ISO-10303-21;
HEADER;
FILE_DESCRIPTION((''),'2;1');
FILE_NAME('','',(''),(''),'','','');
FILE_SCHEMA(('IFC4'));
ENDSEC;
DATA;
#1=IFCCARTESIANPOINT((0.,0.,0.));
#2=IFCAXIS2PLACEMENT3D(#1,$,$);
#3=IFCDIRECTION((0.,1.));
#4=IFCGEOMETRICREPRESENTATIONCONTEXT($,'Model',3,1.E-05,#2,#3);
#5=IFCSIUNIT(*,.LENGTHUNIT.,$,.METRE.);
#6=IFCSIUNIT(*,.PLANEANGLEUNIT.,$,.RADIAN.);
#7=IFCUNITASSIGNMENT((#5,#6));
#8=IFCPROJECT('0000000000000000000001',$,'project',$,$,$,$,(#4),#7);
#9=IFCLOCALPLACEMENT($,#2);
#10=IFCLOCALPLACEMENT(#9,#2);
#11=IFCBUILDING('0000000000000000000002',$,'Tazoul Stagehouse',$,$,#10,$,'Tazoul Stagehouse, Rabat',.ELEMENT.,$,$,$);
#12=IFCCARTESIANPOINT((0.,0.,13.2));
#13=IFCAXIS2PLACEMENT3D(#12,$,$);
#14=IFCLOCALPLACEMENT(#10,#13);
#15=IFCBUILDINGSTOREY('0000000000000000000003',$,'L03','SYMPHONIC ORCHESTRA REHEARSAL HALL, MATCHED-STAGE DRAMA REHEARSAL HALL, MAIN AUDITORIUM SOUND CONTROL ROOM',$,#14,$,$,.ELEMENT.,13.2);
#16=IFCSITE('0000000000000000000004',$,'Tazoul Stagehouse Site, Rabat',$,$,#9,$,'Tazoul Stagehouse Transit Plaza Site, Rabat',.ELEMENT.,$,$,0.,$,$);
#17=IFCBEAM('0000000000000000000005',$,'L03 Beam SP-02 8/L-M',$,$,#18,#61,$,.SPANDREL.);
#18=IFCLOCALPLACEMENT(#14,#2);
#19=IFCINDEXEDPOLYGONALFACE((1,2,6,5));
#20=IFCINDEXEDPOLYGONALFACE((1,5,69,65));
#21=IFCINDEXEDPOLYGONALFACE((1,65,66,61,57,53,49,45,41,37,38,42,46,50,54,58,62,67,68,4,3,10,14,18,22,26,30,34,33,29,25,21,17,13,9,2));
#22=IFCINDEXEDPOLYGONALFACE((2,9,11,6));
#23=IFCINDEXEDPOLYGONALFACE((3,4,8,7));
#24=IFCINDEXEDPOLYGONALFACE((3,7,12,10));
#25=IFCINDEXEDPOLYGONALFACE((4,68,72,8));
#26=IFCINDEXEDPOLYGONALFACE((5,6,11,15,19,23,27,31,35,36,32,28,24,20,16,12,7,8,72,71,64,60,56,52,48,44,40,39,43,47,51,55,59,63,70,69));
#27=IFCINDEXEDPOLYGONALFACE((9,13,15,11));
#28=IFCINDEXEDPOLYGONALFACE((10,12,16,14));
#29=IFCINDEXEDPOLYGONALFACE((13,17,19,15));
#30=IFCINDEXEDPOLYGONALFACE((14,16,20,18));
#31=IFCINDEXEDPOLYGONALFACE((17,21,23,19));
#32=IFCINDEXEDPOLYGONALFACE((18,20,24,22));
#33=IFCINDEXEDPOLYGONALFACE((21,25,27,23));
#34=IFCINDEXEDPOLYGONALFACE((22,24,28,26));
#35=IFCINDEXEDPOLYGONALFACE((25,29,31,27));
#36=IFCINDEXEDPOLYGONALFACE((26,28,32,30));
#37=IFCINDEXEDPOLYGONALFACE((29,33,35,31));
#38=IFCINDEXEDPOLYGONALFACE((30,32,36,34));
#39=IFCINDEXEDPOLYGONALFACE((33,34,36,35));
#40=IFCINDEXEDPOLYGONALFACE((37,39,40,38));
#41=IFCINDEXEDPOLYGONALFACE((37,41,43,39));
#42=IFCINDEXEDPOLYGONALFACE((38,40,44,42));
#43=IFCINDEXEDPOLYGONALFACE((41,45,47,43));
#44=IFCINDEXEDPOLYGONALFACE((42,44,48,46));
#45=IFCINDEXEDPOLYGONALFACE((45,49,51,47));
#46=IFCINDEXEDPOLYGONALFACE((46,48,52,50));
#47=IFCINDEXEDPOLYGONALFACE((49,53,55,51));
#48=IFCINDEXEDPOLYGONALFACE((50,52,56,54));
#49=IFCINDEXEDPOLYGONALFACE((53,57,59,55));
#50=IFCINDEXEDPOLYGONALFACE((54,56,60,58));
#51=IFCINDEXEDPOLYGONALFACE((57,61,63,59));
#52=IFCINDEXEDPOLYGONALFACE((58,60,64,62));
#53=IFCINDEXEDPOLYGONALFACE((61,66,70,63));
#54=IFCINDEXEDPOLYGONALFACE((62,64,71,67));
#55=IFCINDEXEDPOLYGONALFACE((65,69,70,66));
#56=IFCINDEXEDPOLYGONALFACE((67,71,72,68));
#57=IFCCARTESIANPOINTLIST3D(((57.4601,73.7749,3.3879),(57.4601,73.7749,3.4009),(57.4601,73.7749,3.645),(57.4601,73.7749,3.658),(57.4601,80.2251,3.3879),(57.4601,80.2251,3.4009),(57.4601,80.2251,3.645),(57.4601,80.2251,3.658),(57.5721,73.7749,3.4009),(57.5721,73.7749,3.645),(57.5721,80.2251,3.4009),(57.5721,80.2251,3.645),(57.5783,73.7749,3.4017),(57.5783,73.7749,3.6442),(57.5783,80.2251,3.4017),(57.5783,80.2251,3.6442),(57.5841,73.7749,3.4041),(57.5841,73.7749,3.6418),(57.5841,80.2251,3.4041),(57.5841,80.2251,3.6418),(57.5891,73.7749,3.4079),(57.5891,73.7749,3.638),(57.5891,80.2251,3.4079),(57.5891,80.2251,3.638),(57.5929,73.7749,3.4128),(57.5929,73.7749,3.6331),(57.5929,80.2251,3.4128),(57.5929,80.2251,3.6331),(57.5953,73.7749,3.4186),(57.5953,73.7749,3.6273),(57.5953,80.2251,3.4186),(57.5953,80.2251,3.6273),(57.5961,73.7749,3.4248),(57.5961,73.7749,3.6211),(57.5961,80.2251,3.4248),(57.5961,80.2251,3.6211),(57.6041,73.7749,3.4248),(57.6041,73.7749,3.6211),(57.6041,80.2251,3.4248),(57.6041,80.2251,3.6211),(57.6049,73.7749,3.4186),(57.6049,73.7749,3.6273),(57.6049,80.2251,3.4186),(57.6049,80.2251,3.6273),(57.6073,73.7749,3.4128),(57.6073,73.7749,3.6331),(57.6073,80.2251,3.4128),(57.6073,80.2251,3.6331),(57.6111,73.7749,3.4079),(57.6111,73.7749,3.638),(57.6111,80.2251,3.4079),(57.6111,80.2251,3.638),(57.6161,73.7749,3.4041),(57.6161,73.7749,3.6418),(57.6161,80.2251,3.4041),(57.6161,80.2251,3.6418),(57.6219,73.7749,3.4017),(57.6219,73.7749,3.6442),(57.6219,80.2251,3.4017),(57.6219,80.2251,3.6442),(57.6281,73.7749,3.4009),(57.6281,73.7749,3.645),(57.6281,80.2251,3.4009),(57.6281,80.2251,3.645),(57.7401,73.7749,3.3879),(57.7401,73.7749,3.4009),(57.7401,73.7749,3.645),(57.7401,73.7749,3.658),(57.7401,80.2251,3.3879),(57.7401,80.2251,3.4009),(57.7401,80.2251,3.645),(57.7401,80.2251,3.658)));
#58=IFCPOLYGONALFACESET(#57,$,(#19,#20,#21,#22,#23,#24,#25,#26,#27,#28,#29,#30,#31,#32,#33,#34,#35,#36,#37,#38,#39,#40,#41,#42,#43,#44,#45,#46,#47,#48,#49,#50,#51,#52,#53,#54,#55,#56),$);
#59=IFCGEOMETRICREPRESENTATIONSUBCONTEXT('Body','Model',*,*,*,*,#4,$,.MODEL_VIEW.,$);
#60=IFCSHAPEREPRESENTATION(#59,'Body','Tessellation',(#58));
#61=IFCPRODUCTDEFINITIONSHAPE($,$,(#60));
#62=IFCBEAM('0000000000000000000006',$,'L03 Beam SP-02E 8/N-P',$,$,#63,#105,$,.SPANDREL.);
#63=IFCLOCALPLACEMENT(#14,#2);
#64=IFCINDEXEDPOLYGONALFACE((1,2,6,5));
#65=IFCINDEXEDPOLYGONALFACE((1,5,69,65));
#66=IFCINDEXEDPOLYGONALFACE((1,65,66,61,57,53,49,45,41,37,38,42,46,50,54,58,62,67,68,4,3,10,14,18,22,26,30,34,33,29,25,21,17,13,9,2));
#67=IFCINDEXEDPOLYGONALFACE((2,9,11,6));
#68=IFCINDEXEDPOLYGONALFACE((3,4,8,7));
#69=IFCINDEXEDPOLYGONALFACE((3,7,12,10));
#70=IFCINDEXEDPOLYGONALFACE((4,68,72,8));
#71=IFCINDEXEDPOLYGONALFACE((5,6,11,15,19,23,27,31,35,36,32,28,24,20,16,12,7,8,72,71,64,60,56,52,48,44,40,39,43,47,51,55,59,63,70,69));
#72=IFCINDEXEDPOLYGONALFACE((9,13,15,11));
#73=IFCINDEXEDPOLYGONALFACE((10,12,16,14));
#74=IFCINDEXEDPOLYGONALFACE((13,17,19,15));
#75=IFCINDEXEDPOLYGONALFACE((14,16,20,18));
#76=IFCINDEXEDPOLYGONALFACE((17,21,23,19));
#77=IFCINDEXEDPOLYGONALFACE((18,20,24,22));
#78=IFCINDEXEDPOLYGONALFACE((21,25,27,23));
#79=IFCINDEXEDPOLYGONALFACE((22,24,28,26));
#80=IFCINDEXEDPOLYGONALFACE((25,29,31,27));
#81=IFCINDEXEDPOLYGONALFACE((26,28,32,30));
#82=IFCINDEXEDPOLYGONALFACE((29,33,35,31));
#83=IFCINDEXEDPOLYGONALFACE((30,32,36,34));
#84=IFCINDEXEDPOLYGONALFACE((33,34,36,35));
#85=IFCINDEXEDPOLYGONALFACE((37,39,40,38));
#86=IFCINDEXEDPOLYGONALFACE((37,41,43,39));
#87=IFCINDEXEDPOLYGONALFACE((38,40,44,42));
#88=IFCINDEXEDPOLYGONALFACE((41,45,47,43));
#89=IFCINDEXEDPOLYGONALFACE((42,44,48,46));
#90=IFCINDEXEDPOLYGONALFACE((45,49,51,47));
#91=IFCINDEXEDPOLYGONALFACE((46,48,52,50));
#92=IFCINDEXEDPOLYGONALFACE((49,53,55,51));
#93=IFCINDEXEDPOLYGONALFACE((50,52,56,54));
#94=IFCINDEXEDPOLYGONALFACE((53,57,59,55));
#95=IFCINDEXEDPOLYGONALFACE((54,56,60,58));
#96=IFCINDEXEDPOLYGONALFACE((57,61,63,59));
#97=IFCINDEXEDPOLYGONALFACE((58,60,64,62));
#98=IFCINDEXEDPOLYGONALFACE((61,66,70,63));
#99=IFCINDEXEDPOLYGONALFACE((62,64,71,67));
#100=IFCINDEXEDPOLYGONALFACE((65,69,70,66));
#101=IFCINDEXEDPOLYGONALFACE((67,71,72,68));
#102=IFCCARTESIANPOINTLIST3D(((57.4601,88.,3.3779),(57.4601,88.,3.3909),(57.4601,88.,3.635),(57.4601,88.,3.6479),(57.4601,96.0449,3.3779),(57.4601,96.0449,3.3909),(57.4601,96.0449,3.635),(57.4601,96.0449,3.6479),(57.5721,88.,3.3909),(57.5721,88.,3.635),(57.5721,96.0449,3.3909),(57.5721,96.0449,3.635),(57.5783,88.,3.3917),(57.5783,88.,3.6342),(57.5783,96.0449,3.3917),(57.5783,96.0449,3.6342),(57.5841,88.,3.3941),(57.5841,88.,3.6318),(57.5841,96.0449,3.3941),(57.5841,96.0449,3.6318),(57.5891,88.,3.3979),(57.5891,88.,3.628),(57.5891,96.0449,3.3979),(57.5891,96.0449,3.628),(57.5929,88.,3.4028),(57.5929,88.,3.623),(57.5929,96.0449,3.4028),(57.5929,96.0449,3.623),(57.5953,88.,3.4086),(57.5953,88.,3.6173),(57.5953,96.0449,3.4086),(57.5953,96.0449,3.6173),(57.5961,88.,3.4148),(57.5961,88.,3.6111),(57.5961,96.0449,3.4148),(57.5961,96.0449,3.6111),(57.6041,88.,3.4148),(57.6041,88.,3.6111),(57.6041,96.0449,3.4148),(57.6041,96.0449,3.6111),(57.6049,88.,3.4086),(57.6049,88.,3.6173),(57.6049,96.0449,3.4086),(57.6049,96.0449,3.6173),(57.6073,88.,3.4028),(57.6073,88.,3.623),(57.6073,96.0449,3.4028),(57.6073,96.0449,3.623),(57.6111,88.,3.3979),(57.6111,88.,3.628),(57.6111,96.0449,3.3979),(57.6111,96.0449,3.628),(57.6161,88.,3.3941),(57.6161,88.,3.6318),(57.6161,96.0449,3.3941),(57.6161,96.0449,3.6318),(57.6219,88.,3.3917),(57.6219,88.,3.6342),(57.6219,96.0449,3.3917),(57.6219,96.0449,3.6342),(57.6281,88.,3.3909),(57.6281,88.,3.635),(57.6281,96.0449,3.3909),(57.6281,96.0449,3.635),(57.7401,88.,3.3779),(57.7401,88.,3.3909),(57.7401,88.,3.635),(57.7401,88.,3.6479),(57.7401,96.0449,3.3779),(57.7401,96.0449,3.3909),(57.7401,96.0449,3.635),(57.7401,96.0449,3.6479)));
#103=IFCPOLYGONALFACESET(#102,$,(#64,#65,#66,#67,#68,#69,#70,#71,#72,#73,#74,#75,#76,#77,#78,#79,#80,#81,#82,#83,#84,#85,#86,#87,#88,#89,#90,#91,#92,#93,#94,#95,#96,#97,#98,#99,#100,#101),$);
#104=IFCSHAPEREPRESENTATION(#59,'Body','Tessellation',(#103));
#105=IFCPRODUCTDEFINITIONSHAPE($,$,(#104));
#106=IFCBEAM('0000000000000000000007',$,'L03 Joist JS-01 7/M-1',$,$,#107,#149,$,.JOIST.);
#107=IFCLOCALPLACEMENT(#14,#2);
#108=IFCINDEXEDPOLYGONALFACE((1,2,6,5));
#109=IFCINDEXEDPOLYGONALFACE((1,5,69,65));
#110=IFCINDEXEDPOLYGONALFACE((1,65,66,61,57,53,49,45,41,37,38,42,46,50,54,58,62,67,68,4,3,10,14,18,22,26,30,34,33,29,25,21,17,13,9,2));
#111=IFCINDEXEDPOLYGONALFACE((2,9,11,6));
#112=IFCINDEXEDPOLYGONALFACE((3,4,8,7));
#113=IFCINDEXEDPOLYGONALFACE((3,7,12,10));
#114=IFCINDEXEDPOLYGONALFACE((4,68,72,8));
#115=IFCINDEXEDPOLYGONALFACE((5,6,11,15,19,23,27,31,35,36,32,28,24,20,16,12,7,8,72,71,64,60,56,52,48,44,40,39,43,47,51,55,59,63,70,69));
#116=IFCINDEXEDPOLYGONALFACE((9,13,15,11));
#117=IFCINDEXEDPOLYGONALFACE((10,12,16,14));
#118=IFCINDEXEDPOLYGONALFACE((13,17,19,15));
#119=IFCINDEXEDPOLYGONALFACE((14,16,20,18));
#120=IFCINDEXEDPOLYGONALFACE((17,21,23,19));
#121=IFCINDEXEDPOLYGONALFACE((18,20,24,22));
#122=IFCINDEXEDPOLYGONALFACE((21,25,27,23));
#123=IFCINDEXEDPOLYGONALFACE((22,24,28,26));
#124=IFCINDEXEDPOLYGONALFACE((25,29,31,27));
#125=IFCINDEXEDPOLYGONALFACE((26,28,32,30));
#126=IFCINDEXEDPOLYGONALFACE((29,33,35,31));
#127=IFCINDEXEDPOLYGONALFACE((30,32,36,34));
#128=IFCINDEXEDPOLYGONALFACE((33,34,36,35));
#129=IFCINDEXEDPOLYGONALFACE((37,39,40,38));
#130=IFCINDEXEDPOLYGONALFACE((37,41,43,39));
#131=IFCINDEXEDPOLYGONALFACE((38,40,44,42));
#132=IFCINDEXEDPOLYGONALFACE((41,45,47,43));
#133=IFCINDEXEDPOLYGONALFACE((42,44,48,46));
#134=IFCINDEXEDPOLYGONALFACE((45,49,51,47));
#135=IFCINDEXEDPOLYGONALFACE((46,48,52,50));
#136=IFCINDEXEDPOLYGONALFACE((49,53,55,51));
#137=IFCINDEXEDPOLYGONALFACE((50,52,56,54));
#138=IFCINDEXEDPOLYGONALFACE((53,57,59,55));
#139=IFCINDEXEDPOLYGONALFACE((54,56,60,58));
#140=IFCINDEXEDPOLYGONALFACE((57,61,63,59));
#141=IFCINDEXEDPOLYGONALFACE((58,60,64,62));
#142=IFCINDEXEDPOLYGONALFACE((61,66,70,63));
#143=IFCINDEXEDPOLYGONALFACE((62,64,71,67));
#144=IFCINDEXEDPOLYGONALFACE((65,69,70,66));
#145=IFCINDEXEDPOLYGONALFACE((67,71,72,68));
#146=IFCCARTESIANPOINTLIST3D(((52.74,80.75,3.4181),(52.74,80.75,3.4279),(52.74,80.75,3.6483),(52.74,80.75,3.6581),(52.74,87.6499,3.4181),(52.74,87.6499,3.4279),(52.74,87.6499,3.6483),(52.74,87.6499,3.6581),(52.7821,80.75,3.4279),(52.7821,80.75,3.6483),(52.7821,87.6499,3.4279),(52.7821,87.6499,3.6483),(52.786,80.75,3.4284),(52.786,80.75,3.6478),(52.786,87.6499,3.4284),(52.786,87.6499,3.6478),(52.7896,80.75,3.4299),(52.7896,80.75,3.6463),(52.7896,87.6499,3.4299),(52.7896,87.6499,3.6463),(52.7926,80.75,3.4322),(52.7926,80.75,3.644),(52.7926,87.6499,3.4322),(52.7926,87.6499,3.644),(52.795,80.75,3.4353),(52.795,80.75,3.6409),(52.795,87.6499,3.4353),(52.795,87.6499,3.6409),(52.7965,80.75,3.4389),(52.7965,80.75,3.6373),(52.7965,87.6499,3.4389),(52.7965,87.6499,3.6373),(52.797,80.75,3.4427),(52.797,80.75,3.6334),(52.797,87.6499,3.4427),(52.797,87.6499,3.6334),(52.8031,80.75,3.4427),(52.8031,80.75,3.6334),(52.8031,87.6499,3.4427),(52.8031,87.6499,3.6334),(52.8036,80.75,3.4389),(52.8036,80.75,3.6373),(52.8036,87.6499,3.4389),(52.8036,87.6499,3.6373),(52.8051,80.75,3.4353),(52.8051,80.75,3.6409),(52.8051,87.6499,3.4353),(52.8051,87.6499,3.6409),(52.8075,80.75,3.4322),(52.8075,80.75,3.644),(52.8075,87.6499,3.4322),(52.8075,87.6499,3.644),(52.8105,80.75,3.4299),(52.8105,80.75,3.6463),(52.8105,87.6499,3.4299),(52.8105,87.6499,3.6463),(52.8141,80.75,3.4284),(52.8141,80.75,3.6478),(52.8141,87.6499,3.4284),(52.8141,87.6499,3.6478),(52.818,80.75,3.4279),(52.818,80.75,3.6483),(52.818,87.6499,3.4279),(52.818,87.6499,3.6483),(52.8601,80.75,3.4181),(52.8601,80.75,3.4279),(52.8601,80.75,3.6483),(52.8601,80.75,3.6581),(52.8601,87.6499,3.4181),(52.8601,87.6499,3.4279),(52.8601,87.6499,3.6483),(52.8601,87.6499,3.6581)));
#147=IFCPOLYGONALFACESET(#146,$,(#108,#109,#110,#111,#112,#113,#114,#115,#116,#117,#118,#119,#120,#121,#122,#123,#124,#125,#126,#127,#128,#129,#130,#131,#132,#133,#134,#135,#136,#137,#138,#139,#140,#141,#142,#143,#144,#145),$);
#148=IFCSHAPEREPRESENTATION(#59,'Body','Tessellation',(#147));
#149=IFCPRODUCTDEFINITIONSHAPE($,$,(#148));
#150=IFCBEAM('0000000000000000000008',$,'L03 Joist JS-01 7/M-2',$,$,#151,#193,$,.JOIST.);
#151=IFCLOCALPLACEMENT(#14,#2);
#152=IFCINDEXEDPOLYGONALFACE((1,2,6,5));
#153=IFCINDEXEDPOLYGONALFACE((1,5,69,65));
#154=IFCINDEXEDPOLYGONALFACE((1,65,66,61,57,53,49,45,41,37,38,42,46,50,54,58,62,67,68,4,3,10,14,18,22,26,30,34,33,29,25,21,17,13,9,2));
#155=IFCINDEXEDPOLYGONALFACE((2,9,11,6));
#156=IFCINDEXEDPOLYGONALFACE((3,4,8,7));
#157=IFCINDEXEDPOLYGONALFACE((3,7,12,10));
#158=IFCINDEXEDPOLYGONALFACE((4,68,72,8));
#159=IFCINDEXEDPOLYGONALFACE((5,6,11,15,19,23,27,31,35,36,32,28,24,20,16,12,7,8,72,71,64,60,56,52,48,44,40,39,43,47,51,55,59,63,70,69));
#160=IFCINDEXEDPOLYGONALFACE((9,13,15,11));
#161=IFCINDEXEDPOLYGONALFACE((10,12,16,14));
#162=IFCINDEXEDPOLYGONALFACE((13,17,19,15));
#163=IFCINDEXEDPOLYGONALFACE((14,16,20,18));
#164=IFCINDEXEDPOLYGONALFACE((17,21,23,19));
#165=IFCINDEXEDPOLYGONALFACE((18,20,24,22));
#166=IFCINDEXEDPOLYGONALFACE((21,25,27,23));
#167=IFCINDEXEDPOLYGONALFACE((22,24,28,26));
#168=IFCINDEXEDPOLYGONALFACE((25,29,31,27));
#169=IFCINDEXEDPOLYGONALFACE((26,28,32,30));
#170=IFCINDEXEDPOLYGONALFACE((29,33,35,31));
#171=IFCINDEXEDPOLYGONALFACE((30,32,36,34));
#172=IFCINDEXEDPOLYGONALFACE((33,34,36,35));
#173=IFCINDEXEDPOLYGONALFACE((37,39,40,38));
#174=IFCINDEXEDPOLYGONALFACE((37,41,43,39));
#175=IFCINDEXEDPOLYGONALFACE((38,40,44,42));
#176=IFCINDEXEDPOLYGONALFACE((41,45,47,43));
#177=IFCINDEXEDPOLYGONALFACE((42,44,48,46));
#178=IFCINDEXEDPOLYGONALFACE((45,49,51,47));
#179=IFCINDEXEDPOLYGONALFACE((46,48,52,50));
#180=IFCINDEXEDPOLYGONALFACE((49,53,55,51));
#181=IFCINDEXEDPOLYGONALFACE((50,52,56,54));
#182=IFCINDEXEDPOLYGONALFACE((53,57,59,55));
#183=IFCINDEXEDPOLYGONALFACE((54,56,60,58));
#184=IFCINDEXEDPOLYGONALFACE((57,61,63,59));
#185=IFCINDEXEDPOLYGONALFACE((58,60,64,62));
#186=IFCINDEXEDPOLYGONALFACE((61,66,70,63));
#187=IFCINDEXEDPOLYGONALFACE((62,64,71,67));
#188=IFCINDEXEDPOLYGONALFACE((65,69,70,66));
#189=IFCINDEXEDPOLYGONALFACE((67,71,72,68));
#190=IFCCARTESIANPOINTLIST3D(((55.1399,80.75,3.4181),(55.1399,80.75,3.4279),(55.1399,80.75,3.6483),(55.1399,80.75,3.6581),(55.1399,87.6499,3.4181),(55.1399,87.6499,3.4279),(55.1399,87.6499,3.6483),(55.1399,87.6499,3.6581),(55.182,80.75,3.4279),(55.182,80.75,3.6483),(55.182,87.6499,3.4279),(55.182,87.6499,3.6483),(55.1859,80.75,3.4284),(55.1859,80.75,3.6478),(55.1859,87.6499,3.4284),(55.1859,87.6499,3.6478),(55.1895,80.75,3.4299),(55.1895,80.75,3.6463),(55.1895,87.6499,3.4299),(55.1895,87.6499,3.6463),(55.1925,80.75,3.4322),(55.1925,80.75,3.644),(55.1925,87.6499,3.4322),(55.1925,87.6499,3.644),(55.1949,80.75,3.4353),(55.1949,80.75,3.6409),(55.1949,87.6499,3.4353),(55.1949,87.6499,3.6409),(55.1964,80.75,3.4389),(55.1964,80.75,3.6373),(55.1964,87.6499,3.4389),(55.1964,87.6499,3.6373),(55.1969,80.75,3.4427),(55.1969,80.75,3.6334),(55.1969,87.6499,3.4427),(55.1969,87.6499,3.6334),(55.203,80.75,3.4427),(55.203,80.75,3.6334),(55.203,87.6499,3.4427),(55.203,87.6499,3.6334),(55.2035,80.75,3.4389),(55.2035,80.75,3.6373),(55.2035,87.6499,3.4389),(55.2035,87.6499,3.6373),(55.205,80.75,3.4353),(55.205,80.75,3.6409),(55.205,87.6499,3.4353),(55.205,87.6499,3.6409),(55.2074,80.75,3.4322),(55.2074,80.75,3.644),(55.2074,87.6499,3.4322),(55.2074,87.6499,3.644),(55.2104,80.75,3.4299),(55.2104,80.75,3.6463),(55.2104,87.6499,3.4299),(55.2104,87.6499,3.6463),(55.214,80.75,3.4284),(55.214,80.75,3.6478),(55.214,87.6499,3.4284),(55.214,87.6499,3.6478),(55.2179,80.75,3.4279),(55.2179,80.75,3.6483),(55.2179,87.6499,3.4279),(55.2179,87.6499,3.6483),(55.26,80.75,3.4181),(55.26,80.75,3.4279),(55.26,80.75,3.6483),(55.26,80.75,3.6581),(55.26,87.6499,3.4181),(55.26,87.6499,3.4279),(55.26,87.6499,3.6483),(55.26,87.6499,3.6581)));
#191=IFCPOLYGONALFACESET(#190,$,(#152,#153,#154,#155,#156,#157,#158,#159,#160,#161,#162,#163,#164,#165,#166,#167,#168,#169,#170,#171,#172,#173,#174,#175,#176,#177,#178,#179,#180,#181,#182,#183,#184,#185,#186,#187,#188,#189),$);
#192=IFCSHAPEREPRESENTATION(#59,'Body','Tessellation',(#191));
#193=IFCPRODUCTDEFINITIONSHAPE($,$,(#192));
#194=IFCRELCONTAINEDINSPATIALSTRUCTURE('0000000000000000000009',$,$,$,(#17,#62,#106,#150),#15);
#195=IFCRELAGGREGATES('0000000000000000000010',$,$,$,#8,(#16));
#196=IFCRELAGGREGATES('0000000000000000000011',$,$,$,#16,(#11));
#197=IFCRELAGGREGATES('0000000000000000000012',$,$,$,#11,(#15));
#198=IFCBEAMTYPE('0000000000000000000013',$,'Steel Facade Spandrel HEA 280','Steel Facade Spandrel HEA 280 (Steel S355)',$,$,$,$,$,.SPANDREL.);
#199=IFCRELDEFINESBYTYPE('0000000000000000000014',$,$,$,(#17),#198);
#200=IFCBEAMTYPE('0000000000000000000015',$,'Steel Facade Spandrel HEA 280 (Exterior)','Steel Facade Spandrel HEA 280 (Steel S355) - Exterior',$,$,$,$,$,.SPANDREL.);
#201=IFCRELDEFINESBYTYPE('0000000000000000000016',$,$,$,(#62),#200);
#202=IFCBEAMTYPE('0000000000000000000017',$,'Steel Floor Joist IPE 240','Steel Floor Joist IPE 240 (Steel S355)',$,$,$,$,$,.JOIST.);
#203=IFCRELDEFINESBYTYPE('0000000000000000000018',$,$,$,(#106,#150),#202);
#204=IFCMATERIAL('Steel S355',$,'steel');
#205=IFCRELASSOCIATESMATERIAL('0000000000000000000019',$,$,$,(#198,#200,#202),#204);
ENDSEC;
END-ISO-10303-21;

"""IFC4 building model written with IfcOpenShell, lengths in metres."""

from ifc_helpers import new_model, si_unit, direction, frame, origin, origin_2d, place, context, subcontext, project, spatial, i_section, extrude, material, material_profile, profile_set, type_object, element, save


model = new_model("IFC4")

# Units and contexts
model_context = context("Model", 3, precision=1e-05, world=origin(), true_north=direction((0.0, 1.0)))
body_context = subcontext(model_context, "Body", "Model", "MODEL_VIEW")
ifc_project = project(units=[si_unit("LENGTHUNIT", "METRE"), si_unit("PLANEANGLEUNIT", "RADIAN")], contexts=[model_context])

# Site, building, storey
site_placement = place(None, origin())
site = spatial("IfcSite", under=ifc_project, at=site_placement, Name="Tazoul Stagehouse Site, Rabat", LongName="Tazoul Stagehouse Transit Plaza Site, Rabat", CompositionType="ELEMENT", RefElevation=0.0)
building_placement = place(site_placement, origin())
building = spatial("IfcBuilding", under=site, at=building_placement, Name="Tazoul Stagehouse", LongName="Tazoul Stagehouse, Rabat", CompositionType="ELEMENT")
storey_placement = place(building_placement, frame((0.0, 0.0, 13.2)))
storey = spatial("IfcBuildingStorey", under=building, at=storey_placement, Name="L03", Description="SYMPHONIC ORCHESTRA REHEARSAL HALL, MATCHED-STAGE DRAMA REHEARSAL HALL, MAIN AUDITORIUM SOUND CONTROL ROOM", CompositionType="ELEMENT", Elevation=13.2)

# Shared definitions
ifc_material_1 = material(Name="Steel S355", Category="steel")

# Beams
ifc_material_profile_1 = material_profile(ifc_material_1, i_section(OverallWidth=0.28, OverallDepth=0.27, WebThickness=0.0081, FlangeThickness=0.0129, FilletRadius=0.0239, at=origin_2d()), Name="HEA 280")
ifc_profile_set_1 = profile_set([ifc_material_profile_1], Name="Steel S355")
beam_type_1 = type_object("IfcBeamType", Name="Steel Facade Spandrel HEA 280", Description="Steel Facade Spandrel HEA 280 (Steel S355)", PredefinedType="SPANDREL", material=ifc_profile_set_1)
beam_1_placement = place(storey_placement, frame((57.6001, 73.7749, 3.5229), z_axis=(0.0, 1.0, 0.0), x_axis=(-1.0, 0.0, 0.0)))
element("IfcBeam", 1, at=beam_1_placement, inside=storey, type_object=beam_type_1, Name="L03 Beam SP-02 8/L-M", PredefinedType="SPANDREL", context=body_context, shape_type="SweptSolid", body=[
    extrude(i_section(OverallWidth=0.28, OverallDepth=0.27, WebThickness=0.0081, FlangeThickness=0.0129, FilletRadius=0.0239, at=origin_2d()), origin(), (0.0, 0.0, 1.0), 6.4502),
])
ifc_material_profile_2 = material_profile(ifc_material_1, i_section(OverallWidth=0.28, OverallDepth=0.27, WebThickness=0.0081, FlangeThickness=0.0129, FilletRadius=0.0239, at=origin_2d()), Name="HEA 280")
ifc_profile_set_2 = profile_set([ifc_material_profile_2], Name="Steel S355")
beam_type_2 = type_object("IfcBeamType", Name="Steel Facade Spandrel HEA 280 (Exterior)", Description="Steel Facade Spandrel HEA 280 (Steel S355) - Exterior", PredefinedType="SPANDREL", material=ifc_profile_set_2)
beam_2_placement = place(storey_placement, frame((57.6001, 88.0, 3.5129), z_axis=(0.0, 1.0, 0.0), x_axis=(-1.0, 0.0, 0.0)))
element("IfcBeam", 2, at=beam_2_placement, inside=storey, type_object=beam_type_2, Name="L03 Beam SP-02E 8/N-P", PredefinedType="SPANDREL", context=body_context, shape_type="SweptSolid", body=[
    extrude(i_section(OverallWidth=0.28, OverallDepth=0.27, WebThickness=0.0081, FlangeThickness=0.0129, FilletRadius=0.0239, at=origin_2d()), origin(), (0.0, 0.0, 1.0), 8.0449),
])
ifc_material_profile_3 = material_profile(ifc_material_1, i_section(OverallWidth=0.1201, OverallDepth=0.24, WebThickness=0.0061, FlangeThickness=0.0098, FilletRadius=0.0149, at=origin_2d()), Name="IPE 240")
ifc_profile_set_3 = profile_set([ifc_material_profile_3], Name="Steel S355")
beam_type_3 = type_object("IfcBeamType", Name="Steel Floor Joist IPE 240", Description="Steel Floor Joist IPE 240 (Steel S355)", PredefinedType="JOIST", material=ifc_profile_set_3)
for number, where, z_axis, x_axis, name in (
    (3, (52.8, 80.75, 3.5381), (0.0, 1.0, 0.0), (-1.0, 0.0, 0.0), "L03 Joist JS-01 7/M-1"),
    (4, (55.2, 80.75, 3.5381), (0.0, 1.0, 0.0), (-1.0, 0.0, 0.0), "L03 Joist JS-01 7/M-2"),
):
    element("IfcBeam", number, at=place(storey_placement, frame(where, z_axis=z_axis, x_axis=x_axis)), inside=storey, type_object=beam_type_3, Name=name, PredefinedType="JOIST", context=body_context, shape_type="SweptSolid", body=[
        extrude(i_section(OverallWidth=0.1201, OverallDepth=0.24, WebThickness=0.0061, FlangeThickness=0.0098, FilletRadius=0.0149, at=origin_2d()), origin(), (0.0, 0.0, 1.0), 6.8999),
    ])

save(model, "model.ifc")
